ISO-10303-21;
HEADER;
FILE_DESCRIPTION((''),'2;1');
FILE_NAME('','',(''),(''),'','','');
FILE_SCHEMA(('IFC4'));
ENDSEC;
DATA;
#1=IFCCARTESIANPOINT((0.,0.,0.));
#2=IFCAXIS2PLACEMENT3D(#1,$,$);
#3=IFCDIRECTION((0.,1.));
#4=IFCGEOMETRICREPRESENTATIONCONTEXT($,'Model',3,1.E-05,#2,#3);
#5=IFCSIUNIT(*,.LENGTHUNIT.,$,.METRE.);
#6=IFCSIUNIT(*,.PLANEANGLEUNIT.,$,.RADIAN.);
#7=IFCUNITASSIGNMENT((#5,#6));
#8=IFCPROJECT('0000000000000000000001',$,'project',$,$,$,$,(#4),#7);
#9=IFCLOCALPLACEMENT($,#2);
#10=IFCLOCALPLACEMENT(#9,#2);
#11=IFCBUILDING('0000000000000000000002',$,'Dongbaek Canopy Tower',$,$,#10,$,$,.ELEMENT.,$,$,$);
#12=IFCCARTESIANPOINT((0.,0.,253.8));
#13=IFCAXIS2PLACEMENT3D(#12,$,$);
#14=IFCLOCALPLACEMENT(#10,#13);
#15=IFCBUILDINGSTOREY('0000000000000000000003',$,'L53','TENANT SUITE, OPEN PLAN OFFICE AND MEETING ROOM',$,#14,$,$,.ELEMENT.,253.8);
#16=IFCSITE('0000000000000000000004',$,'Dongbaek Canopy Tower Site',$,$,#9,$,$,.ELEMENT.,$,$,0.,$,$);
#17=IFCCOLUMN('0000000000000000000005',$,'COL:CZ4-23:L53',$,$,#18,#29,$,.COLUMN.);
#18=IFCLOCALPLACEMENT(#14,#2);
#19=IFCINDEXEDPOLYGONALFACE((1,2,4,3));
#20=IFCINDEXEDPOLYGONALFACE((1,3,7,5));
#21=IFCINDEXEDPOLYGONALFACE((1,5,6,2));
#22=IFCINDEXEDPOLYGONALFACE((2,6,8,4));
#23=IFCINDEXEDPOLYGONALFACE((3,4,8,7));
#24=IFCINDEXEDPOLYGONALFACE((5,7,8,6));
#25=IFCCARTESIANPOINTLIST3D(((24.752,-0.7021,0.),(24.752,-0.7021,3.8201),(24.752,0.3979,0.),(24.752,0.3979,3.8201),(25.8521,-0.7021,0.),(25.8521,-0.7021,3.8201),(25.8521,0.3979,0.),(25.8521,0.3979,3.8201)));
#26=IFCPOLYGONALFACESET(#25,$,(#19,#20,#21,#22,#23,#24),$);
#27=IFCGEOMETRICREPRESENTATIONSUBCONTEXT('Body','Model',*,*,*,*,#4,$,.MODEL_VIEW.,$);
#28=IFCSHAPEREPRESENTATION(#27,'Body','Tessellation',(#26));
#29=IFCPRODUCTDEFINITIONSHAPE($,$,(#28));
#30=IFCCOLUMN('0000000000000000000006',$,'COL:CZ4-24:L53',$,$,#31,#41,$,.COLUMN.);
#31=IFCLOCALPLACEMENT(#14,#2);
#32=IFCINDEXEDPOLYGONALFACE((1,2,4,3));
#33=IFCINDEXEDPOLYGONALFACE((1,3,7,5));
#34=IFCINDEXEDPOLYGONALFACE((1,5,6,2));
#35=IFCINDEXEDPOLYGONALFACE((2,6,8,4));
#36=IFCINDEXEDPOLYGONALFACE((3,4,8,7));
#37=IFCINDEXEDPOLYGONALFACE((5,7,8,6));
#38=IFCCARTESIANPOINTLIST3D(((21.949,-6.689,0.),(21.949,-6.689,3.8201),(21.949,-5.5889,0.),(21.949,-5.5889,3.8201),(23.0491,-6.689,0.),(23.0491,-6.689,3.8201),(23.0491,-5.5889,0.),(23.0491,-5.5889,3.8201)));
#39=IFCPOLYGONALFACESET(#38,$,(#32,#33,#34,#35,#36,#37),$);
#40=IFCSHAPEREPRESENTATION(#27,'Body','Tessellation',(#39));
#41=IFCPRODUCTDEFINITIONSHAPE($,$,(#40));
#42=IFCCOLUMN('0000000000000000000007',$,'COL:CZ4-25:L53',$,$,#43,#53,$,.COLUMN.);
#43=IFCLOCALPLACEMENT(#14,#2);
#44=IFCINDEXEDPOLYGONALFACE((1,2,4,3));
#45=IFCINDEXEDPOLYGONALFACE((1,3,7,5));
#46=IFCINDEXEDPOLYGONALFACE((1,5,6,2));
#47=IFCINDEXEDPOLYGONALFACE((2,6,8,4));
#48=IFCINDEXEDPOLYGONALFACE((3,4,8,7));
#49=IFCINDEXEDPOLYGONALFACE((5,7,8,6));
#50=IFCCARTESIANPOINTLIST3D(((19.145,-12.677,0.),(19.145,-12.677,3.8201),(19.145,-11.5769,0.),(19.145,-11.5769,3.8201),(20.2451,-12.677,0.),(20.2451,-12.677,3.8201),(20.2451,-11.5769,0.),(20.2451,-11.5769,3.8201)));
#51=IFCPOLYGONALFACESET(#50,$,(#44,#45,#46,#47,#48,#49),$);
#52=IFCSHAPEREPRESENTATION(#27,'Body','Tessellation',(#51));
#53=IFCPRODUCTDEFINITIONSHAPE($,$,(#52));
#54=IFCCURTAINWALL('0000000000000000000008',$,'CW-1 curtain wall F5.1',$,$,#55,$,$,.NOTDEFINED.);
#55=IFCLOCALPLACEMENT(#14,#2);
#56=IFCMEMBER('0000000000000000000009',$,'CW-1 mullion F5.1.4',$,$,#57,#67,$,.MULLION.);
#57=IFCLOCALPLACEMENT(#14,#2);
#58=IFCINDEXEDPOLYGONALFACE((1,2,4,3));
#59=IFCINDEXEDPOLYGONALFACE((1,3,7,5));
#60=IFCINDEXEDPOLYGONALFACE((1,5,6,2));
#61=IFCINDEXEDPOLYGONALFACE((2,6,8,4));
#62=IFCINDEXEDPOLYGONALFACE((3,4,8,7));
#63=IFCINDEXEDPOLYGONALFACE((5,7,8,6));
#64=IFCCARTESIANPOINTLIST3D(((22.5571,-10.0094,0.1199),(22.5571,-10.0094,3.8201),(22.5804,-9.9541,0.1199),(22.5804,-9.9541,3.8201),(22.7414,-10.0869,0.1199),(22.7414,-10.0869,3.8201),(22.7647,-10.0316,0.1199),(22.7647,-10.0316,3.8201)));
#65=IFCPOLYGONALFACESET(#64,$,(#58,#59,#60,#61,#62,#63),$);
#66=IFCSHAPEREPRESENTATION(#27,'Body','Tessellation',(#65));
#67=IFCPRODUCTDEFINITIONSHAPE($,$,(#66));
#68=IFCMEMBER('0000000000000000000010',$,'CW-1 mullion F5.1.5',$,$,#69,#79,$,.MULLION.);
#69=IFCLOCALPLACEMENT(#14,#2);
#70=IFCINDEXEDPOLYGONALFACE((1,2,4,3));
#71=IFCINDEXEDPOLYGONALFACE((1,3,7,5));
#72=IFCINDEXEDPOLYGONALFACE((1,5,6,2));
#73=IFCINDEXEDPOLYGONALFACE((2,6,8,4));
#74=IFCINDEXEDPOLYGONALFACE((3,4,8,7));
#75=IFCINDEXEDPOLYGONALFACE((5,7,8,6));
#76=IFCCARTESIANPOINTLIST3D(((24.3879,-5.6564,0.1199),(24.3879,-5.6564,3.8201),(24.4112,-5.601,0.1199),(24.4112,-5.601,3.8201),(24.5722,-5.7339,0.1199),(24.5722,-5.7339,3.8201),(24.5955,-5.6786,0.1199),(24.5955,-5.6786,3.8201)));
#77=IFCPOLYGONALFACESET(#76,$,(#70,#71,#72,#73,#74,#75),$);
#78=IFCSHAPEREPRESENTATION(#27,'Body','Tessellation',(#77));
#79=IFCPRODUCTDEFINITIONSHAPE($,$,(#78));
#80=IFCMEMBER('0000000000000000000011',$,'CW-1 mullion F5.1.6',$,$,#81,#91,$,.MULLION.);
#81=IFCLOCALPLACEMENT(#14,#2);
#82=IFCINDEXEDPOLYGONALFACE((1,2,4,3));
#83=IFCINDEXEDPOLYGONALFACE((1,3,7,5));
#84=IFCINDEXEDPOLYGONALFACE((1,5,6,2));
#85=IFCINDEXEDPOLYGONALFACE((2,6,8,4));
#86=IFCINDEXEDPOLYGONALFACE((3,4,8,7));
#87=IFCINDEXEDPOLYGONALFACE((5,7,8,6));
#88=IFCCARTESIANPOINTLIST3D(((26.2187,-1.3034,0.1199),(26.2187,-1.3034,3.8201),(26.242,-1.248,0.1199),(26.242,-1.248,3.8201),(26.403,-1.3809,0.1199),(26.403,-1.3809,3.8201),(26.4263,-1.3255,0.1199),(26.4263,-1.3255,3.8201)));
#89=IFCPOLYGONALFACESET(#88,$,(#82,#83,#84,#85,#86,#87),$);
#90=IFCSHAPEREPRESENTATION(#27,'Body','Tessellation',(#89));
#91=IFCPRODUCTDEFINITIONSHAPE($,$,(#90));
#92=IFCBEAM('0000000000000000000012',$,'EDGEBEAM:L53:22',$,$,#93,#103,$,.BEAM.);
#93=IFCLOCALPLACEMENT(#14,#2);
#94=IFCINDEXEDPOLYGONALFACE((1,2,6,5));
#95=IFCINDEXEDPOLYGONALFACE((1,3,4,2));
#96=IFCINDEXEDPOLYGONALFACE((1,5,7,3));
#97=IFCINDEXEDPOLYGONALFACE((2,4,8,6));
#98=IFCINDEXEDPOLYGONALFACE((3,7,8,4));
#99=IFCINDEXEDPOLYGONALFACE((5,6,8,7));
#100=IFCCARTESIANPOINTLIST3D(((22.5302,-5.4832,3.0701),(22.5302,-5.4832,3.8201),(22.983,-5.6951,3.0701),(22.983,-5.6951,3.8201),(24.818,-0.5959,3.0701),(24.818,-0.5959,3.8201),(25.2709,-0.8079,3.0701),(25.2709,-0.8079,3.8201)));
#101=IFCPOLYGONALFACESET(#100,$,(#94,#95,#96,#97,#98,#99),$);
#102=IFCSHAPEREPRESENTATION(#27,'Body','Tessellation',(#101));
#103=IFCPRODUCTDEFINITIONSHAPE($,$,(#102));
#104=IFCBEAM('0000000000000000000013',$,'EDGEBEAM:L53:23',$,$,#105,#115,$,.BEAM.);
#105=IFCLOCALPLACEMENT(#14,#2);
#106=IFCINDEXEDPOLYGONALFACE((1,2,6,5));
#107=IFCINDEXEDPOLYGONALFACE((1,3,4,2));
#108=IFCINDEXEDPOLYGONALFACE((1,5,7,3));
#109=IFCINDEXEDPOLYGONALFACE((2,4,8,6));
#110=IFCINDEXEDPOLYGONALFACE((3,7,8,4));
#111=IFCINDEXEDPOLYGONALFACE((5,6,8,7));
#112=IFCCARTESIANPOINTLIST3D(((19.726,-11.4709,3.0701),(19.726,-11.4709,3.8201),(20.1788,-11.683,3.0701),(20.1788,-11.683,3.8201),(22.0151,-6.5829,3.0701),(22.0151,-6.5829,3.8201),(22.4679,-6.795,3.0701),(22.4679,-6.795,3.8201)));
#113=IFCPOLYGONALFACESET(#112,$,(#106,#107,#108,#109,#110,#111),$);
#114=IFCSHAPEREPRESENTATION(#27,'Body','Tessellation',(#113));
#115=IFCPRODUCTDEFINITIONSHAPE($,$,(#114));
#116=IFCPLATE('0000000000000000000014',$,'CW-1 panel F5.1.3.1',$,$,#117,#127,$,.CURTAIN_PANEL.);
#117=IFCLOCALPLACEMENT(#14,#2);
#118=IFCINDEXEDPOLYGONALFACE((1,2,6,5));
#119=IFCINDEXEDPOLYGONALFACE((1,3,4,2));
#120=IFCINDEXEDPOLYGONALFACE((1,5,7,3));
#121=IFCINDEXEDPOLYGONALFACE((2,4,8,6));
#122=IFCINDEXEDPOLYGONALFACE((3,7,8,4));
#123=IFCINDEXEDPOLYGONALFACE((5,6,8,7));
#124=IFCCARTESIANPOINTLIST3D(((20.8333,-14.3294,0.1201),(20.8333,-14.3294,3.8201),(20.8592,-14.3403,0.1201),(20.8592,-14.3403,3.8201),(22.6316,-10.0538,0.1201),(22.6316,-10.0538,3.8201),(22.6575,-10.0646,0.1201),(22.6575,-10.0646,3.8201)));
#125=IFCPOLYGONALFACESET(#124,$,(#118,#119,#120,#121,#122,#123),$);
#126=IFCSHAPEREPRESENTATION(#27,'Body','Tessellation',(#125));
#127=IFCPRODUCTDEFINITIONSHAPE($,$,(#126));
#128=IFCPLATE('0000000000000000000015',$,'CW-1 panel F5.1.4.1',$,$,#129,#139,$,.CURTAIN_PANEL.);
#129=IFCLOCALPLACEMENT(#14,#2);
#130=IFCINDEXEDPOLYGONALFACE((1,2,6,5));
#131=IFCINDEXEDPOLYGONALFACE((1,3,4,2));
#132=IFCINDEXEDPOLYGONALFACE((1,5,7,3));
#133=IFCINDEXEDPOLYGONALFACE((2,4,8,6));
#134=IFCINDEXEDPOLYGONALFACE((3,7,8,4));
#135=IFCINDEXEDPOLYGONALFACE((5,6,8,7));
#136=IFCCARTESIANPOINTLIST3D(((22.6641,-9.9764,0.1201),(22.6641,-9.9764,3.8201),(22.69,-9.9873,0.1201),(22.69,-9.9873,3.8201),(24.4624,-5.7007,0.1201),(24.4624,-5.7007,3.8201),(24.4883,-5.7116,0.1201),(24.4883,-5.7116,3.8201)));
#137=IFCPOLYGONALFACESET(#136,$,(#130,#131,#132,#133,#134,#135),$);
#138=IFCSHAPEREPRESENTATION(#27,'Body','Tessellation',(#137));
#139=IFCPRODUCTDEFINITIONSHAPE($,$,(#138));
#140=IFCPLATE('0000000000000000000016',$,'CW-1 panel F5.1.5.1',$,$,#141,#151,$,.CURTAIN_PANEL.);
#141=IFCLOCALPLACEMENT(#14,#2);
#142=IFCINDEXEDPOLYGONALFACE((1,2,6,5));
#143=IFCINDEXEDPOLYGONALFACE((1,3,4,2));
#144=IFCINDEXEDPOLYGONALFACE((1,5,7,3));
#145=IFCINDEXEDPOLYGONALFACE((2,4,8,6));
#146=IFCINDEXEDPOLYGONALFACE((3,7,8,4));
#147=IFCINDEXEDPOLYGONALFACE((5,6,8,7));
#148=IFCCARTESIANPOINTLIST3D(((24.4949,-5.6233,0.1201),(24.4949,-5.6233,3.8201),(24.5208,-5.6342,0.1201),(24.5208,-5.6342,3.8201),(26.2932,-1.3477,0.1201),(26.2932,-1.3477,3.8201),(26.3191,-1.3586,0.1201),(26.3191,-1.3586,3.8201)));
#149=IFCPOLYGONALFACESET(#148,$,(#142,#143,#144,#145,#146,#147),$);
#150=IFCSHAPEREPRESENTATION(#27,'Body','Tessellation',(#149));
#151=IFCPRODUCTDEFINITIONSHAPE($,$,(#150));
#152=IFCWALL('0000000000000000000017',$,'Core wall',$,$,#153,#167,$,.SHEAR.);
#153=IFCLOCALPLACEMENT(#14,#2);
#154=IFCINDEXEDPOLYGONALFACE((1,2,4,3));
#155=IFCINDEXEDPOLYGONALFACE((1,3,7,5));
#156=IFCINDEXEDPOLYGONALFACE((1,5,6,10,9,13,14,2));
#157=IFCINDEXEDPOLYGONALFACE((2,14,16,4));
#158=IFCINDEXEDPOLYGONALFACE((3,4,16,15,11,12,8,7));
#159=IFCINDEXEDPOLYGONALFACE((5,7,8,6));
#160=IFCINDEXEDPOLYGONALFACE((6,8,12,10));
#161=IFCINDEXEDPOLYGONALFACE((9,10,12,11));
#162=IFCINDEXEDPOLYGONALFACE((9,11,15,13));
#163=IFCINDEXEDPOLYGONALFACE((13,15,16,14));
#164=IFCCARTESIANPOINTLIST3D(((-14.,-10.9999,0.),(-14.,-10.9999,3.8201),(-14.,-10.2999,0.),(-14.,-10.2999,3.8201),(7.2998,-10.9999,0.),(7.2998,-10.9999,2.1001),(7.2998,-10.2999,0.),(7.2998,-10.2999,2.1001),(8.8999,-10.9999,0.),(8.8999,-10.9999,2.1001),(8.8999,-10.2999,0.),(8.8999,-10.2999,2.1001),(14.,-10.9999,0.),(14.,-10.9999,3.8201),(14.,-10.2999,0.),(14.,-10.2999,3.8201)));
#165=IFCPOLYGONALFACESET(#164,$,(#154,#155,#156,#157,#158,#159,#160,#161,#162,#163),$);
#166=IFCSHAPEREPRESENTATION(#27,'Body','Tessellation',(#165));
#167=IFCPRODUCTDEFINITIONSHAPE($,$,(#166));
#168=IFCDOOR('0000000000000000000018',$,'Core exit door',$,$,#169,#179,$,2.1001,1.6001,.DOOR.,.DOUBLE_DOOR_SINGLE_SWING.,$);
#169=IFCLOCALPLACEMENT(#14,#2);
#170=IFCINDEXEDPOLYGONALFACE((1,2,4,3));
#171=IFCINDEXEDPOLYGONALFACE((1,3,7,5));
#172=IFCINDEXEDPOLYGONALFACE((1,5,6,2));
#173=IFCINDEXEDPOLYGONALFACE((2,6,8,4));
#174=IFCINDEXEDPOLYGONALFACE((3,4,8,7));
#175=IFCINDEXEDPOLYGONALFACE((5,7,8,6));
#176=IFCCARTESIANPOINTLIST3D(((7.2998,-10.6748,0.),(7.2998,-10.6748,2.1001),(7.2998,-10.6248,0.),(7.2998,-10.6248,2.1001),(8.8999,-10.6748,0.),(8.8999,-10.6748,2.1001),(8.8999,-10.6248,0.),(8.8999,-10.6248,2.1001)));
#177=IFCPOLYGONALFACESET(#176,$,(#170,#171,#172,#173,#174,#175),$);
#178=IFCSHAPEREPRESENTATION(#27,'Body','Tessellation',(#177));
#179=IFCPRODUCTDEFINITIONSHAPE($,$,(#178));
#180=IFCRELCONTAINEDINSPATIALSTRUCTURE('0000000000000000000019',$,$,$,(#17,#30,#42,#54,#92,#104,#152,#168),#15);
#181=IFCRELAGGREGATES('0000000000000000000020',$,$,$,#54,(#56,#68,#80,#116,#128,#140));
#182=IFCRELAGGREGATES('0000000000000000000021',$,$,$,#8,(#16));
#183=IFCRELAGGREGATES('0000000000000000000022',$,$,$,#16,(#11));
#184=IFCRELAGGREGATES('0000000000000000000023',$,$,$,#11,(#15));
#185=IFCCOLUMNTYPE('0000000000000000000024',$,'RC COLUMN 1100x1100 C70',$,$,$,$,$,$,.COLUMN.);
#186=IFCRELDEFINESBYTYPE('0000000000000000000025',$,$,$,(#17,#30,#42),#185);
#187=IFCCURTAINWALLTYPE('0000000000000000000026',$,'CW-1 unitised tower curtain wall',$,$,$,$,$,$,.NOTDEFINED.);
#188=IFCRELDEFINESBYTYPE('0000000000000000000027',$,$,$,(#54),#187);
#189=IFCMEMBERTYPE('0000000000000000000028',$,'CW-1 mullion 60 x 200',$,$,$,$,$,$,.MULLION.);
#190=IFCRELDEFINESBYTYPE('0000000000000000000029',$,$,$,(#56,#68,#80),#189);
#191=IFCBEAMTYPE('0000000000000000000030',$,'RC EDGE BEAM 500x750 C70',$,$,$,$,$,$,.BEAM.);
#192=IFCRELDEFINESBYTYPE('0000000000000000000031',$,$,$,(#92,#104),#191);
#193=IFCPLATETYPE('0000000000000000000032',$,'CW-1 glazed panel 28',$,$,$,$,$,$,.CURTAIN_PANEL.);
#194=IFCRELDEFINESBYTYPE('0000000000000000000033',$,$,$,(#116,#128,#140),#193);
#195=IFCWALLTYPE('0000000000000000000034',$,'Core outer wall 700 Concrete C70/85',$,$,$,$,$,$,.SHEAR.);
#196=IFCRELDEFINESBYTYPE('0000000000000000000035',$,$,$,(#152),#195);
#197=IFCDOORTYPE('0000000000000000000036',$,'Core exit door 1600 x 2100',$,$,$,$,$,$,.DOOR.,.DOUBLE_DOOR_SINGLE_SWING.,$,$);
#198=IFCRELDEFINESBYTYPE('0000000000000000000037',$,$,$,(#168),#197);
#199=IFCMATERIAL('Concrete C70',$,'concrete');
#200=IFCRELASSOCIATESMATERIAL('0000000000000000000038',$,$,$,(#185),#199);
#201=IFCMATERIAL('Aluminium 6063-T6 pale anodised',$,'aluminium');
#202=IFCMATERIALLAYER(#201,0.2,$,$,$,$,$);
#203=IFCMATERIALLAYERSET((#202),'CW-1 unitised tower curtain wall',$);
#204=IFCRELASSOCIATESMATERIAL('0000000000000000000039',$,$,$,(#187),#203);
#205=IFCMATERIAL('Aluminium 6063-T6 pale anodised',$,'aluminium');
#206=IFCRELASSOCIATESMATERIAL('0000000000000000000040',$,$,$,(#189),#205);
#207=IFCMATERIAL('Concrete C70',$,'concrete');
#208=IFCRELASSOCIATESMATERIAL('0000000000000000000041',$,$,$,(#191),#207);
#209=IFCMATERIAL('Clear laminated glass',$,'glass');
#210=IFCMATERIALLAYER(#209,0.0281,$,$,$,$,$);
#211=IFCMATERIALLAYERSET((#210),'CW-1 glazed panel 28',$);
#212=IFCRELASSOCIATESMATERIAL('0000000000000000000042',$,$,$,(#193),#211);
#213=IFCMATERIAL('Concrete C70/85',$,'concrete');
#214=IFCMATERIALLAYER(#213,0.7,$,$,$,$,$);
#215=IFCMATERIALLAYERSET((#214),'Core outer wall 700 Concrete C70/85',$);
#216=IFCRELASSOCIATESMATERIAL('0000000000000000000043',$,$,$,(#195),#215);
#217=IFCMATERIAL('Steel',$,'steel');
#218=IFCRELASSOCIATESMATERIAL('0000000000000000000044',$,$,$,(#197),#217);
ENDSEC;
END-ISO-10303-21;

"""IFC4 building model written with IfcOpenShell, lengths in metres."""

from ifc_helpers import new_model, si_unit, direction, frame, frame_2d, origin, origin_2d, place, context, subcontext, project, spatial, rectangle, extrude, material, layer, layer_set, material_profile, profile_set, type_object, element, fill, aggregate, save


model = new_model("IFC4")

# Units and contexts
model_context = context("Model", 3, precision=1e-05, world=origin(), true_north=direction((0.0, 1.0)))
body_context = subcontext(model_context, "Body", "Model", "MODEL_VIEW")
ifc_project = project(units=[si_unit("LENGTHUNIT", "METRE"), si_unit("PLANEANGLEUNIT", "RADIAN")], contexts=[model_context])

# Site, building, storey
site_placement = place(None, origin())
site = spatial("IfcSite", under=ifc_project, at=site_placement, Name="Dongbaek Canopy Tower Site", CompositionType="ELEMENT", RefElevation=0.0)
building_placement = place(site_placement, origin())
building = spatial("IfcBuilding", under=site, at=building_placement, Name="Dongbaek Canopy Tower", CompositionType="ELEMENT")
storey_placement = place(building_placement, frame((0.0, 0.0, 253.8)))
storey = spatial("IfcBuildingStorey", under=building, at=storey_placement, Name="L53", Description="TENANT SUITE, OPEN PLAN OFFICE AND MEETING ROOM", CompositionType="ELEMENT", Elevation=253.8)

# Columns
ifc_material_1 = material(Name="Concrete C70", Category="concrete")
ifc_material_profile_1 = material_profile(ifc_material_1, rectangle(XDim=1.1001, YDim=1.1001, at=origin_2d()), Name="RC COLUMN 1100x1100 C70")
ifc_profile_set_1 = profile_set([ifc_material_profile_1], Name="Concrete C70")
column_type = type_object("IfcColumnType", Name="RC COLUMN 1100x1100 C70", PredefinedType="COLUMN", material=ifc_profile_set_1)
for number, where, z_axis, x_axis, name in (
    (1, (25.302, -0.1521, 0.0), (0.0, 0.0, 1.0), (1.0, 0.0, 0.0), "COL:CZ4-23:L53"),
    (2, (22.499, -6.1389, 0.0), (0.0, 0.0, 1.0), (1.0, 0.0, 0.0), "COL:CZ4-24:L53"),
    (3, (19.6951, -12.127, 0.0), (0.0, 0.0, 1.0), (1.0, 0.0, 0.0), "COL:CZ4-25:L53"),
):
    element("IfcColumn", number, at=place(storey_placement, frame(where, z_axis=z_axis, x_axis=x_axis)), inside=storey, type_object=column_type, Name=name, PredefinedType="COLUMN", context=body_context, shape_type="SweptSolid", body=[
        extrude(rectangle(XDim=1.1001, YDim=1.1001, at=origin_2d()), origin(), (0.0, 0.0, 1.0), 3.8201),
    ])

# Curtain wall, members
ifc_material_2 = material(Name="Aluminium 6063-T6 pale anodised", Category="aluminium")
ifc_layer_1 = layer(ifc_material_2, 0.2)
ifc_layer_set_1 = layer_set([ifc_layer_1], Name="CW-1 unitised tower curtain wall")
curtain_wall_type = type_object("IfcCurtainWallType", Name="CW-1 unitised tower curtain wall", PredefinedType="NOTDEFINED", material=ifc_layer_set_1)
curtain_wall_placement = place(storey_placement, origin())
curtain_wall = element("IfcCurtainWall", 4, at=curtain_wall_placement, inside=storey, type_object=curtain_wall_type, Name="CW-1 curtain wall F5.1", PredefinedType="NOTDEFINED")
ifc_material_3 = material(Name="Aluminium 6063-T6 pale anodised", Category="aluminium")
ifc_material_profile_2 = material_profile(ifc_material_3, rectangle(XDim=0.2, YDim=0.0601, at=origin_2d()), Name="CW-1 mullion 60 x 200")
ifc_profile_set_2 = profile_set([ifc_material_profile_2], Name="Aluminium 6063-T6 pale anodised")
member_type = type_object("IfcMemberType", Name="CW-1 mullion 60 x 200", PredefinedType="MULLION", material=ifc_profile_set_2)
member_1_placement = place(storey_placement, frame((22.6609, -10.0205, 0.1199), z_axis=(0.0, 0.0, 1.0), x_axis=(0.921787, -0.387696, 0.0)))
member_1 = element("IfcMember", 5, at=member_1_placement, type_object=member_type, Name="CW-1 mullion F5.1.4", PredefinedType="MULLION", context=body_context, shape_type="SweptSolid", body=[
    extrude(rectangle(XDim=0.2, YDim=0.0601, at=origin_2d()), origin(), (0.0, 0.0, 1.0), 3.7002),
])
member_2_placement = place(storey_placement, frame((24.4917, -5.6675, 0.1199), z_axis=(0.0, 0.0, 1.0), x_axis=(0.921787, -0.387696, 0.0)))
member_2 = element("IfcMember", 6, at=member_2_placement, type_object=member_type, Name="CW-1 mullion F5.1.5", PredefinedType="MULLION", context=body_context, shape_type="SweptSolid", body=[
    extrude(rectangle(XDim=0.2, YDim=0.0601, at=origin_2d()), origin(), (0.0, 0.0, 1.0), 3.7002),
])
member_3_placement = place(storey_placement, frame((26.3225, -1.3145, 0.1199), z_axis=(0.0, 0.0, 1.0), x_axis=(0.921787, -0.387696, 0.0)))
member_3 = element("IfcMember", 7, at=member_3_placement, type_object=member_type, Name="CW-1 mullion F5.1.6", PredefinedType="MULLION", context=body_context, shape_type="SweptSolid", body=[
    extrude(rectangle(XDim=0.2, YDim=0.0601, at=origin_2d()), origin(), (0.0, 0.0, 1.0), 3.7002),
])

# Beams
ifc_material_4 = material(Name="Concrete C70", Category="concrete")
ifc_material_profile_3 = material_profile(ifc_material_4, rectangle(XDim=0.5, YDim=0.75, at=origin_2d()), Name="RC EDGE BEAM 500x750 C70")
ifc_profile_set_3 = profile_set([ifc_material_profile_3], Name="Concrete C70")
beam_type = type_object("IfcBeamType", Name="RC EDGE BEAM 500x750 C70", PredefinedType="BEAM", material=ifc_profile_set_3)
beam_1_placement = place(storey_placement, frame((25.0444, -0.7019, 3.4451), z_axis=(-0.423972, -0.905675, 0.0), x_axis=(0.905675, -0.423972, 0.0)))
element("IfcBeam", 8, at=beam_1_placement, inside=storey, type_object=beam_type, Name="EDGEBEAM:L53:22", PredefinedType="BEAM", context=body_context, shape_type="SweptSolid", body=[
    extrude(rectangle(XDim=0.5, YDim=0.75, at=origin_2d()), origin(), (0.0, 0.0, 1.0), 5.3962),
])
beam_2_placement = place(storey_placement, frame((22.2415, -6.689, 3.4451), z_axis=(-0.424106, -0.905613, 0.0), x_axis=(0.905613, -0.424106, 0.0)))
element("IfcBeam", 9, at=beam_2_placement, inside=storey, type_object=beam_type, Name="EDGEBEAM:L53:23", PredefinedType="BEAM", context=body_context, shape_type="SweptSolid", body=[
    extrude(rectangle(XDim=0.5, YDim=0.75, at=origin_2d()), origin(), (0.0, 0.0, 1.0), 5.3975),
])

# Plates
ifc_material_5 = material(Name="Clear laminated glass", Category="glass")
ifc_layer_2 = layer(ifc_material_5, 0.0281)
ifc_layer_set_2 = layer_set([ifc_layer_2], Name="CW-1 glazed panel 28")
plate_type = type_object("IfcPlateType", Name="CW-1 glazed panel 28", PredefinedType="CURTAIN_PANEL", material=ifc_layer_set_2)
plate_1_placement = place(storey_placement, frame((21.7454, -12.197, 0.1201), z_axis=(0.0, 0.0, 1.0), x_axis=(0.387696, 0.921787, 0.0)))
plate_1 = element("IfcPlate", 10, at=plate_1_placement, type_object=plate_type, Name="CW-1 panel F5.1.3.1", PredefinedType="CURTAIN_PANEL", context=body_context, shape_type="SweptSolid", body=[
    extrude(rectangle(XDim=4.6384, YDim=0.0281, at=origin_2d()), origin(), (0.0, 0.0, 1.0), 3.7),
])
plate_2_placement = place(storey_placement, frame((23.5762, -7.844, 0.1201), z_axis=(0.0, 0.0, 1.0), x_axis=(0.387696, 0.921787, 0.0)))
plate_2 = element("IfcPlate", 11, at=plate_2_placement, type_object=plate_type, Name="CW-1 panel F5.1.4.1", PredefinedType="CURTAIN_PANEL", context=body_context, shape_type="SweptSolid", body=[
    extrude(rectangle(XDim=4.6384, YDim=0.0281, at=origin_2d()), origin(), (0.0, 0.0, 1.0), 3.7),
])
plate_3_placement = place(storey_placement, frame((25.407, -3.491, 0.1201), z_axis=(0.0, 0.0, 1.0), x_axis=(0.387696, 0.921787, 0.0)))
plate_3 = element("IfcPlate", 12, at=plate_3_placement, type_object=plate_type, Name="CW-1 panel F5.1.5.1", PredefinedType="CURTAIN_PANEL", context=body_context, shape_type="SweptSolid", body=[
    extrude(rectangle(XDim=4.6384, YDim=0.0281, at=origin_2d()), origin(), (0.0, 0.0, 1.0), 3.7),
])

# Wall, opening, door
ifc_material_6 = material(Name="Concrete C70/85", Category="concrete")
ifc_layer_3 = layer(ifc_material_6, 0.7)
ifc_layer_set_3 = layer_set([ifc_layer_3], Name="Core outer wall 700 Concrete C70/85")
wall_type_1 = type_object("IfcWallType", Name="Core outer wall 700 Concrete C70/85", PredefinedType="SHEAR", material=ifc_layer_set_3)
wall_1_placement = place(storey_placement, frame((14.0, -10.6499, 0.0), z_axis=(0.0, 0.0, 1.0), x_axis=(-1.0, 0.0, 0.0)))
wall_1 = element("IfcWall", 13, at=wall_1_placement, inside=storey, type_object=wall_type_1, Name="Core wall", PredefinedType="SHEAR", context=body_context, shape_type="SweptSolid", body=[
    extrude(rectangle(XDim=28.0, YDim=0.7, at=frame_2d((14.0, 0.0))), origin(), (0.0, 0.0, 1.0), 3.8201),
])
opening_placement = place(wall_1_placement, frame((5.1001, 0.0, 0.0)))
opening = element("IfcOpeningElement", 14, at=opening_placement, cuts=wall_1, PredefinedType="OPENING", context=body_context, shape_type="SweptSolid", body=[
    extrude(rectangle(XDim=1.6001, YDim=2.1001, at=frame_2d((0.8, 1.05))), frame((0.0, 0.3599, 0.0), z_axis=(0.0, -1.0, 0.0), x_axis=(1.0, 0.0, 0.0)), (0.0, 0.0, 1.0), 0.72),
])
ifc_material_7 = material(Name="Steel", Category="steel")
door_type = type_object("IfcDoorType", Name="Core exit door 1600 x 2100", OperationType="DOUBLE_DOOR_SINGLE_SWING", PredefinedType="DOOR", material=ifc_material_7)
door_placement = place(opening_placement, origin())
door = element("IfcDoor", 15, at=door_placement, inside=storey, type_object=door_type, Name="Core exit door", OperationType="DOUBLE_DOOR_SINGLE_SWING", OverallHeight=2.1001, OverallWidth=1.6001, PredefinedType="DOOR", context=body_context, shape_type="SweptSolid", body=[
    extrude(rectangle(XDim=1.6001, YDim=2.1001, at=frame_2d((0.8, 1.05))), frame((0.0, 0.0249, 0.0), z_axis=(0.0, -1.0, 0.0), x_axis=(1.0, 0.0, 0.0)), (0.0, 0.0, 1.0), 0.05),
])
fill(opening, door)

aggregate(curtain_wall, [member_1, member_2, member_3, plate_1, plate_2, plate_3])

save(model, "model.ifc")
